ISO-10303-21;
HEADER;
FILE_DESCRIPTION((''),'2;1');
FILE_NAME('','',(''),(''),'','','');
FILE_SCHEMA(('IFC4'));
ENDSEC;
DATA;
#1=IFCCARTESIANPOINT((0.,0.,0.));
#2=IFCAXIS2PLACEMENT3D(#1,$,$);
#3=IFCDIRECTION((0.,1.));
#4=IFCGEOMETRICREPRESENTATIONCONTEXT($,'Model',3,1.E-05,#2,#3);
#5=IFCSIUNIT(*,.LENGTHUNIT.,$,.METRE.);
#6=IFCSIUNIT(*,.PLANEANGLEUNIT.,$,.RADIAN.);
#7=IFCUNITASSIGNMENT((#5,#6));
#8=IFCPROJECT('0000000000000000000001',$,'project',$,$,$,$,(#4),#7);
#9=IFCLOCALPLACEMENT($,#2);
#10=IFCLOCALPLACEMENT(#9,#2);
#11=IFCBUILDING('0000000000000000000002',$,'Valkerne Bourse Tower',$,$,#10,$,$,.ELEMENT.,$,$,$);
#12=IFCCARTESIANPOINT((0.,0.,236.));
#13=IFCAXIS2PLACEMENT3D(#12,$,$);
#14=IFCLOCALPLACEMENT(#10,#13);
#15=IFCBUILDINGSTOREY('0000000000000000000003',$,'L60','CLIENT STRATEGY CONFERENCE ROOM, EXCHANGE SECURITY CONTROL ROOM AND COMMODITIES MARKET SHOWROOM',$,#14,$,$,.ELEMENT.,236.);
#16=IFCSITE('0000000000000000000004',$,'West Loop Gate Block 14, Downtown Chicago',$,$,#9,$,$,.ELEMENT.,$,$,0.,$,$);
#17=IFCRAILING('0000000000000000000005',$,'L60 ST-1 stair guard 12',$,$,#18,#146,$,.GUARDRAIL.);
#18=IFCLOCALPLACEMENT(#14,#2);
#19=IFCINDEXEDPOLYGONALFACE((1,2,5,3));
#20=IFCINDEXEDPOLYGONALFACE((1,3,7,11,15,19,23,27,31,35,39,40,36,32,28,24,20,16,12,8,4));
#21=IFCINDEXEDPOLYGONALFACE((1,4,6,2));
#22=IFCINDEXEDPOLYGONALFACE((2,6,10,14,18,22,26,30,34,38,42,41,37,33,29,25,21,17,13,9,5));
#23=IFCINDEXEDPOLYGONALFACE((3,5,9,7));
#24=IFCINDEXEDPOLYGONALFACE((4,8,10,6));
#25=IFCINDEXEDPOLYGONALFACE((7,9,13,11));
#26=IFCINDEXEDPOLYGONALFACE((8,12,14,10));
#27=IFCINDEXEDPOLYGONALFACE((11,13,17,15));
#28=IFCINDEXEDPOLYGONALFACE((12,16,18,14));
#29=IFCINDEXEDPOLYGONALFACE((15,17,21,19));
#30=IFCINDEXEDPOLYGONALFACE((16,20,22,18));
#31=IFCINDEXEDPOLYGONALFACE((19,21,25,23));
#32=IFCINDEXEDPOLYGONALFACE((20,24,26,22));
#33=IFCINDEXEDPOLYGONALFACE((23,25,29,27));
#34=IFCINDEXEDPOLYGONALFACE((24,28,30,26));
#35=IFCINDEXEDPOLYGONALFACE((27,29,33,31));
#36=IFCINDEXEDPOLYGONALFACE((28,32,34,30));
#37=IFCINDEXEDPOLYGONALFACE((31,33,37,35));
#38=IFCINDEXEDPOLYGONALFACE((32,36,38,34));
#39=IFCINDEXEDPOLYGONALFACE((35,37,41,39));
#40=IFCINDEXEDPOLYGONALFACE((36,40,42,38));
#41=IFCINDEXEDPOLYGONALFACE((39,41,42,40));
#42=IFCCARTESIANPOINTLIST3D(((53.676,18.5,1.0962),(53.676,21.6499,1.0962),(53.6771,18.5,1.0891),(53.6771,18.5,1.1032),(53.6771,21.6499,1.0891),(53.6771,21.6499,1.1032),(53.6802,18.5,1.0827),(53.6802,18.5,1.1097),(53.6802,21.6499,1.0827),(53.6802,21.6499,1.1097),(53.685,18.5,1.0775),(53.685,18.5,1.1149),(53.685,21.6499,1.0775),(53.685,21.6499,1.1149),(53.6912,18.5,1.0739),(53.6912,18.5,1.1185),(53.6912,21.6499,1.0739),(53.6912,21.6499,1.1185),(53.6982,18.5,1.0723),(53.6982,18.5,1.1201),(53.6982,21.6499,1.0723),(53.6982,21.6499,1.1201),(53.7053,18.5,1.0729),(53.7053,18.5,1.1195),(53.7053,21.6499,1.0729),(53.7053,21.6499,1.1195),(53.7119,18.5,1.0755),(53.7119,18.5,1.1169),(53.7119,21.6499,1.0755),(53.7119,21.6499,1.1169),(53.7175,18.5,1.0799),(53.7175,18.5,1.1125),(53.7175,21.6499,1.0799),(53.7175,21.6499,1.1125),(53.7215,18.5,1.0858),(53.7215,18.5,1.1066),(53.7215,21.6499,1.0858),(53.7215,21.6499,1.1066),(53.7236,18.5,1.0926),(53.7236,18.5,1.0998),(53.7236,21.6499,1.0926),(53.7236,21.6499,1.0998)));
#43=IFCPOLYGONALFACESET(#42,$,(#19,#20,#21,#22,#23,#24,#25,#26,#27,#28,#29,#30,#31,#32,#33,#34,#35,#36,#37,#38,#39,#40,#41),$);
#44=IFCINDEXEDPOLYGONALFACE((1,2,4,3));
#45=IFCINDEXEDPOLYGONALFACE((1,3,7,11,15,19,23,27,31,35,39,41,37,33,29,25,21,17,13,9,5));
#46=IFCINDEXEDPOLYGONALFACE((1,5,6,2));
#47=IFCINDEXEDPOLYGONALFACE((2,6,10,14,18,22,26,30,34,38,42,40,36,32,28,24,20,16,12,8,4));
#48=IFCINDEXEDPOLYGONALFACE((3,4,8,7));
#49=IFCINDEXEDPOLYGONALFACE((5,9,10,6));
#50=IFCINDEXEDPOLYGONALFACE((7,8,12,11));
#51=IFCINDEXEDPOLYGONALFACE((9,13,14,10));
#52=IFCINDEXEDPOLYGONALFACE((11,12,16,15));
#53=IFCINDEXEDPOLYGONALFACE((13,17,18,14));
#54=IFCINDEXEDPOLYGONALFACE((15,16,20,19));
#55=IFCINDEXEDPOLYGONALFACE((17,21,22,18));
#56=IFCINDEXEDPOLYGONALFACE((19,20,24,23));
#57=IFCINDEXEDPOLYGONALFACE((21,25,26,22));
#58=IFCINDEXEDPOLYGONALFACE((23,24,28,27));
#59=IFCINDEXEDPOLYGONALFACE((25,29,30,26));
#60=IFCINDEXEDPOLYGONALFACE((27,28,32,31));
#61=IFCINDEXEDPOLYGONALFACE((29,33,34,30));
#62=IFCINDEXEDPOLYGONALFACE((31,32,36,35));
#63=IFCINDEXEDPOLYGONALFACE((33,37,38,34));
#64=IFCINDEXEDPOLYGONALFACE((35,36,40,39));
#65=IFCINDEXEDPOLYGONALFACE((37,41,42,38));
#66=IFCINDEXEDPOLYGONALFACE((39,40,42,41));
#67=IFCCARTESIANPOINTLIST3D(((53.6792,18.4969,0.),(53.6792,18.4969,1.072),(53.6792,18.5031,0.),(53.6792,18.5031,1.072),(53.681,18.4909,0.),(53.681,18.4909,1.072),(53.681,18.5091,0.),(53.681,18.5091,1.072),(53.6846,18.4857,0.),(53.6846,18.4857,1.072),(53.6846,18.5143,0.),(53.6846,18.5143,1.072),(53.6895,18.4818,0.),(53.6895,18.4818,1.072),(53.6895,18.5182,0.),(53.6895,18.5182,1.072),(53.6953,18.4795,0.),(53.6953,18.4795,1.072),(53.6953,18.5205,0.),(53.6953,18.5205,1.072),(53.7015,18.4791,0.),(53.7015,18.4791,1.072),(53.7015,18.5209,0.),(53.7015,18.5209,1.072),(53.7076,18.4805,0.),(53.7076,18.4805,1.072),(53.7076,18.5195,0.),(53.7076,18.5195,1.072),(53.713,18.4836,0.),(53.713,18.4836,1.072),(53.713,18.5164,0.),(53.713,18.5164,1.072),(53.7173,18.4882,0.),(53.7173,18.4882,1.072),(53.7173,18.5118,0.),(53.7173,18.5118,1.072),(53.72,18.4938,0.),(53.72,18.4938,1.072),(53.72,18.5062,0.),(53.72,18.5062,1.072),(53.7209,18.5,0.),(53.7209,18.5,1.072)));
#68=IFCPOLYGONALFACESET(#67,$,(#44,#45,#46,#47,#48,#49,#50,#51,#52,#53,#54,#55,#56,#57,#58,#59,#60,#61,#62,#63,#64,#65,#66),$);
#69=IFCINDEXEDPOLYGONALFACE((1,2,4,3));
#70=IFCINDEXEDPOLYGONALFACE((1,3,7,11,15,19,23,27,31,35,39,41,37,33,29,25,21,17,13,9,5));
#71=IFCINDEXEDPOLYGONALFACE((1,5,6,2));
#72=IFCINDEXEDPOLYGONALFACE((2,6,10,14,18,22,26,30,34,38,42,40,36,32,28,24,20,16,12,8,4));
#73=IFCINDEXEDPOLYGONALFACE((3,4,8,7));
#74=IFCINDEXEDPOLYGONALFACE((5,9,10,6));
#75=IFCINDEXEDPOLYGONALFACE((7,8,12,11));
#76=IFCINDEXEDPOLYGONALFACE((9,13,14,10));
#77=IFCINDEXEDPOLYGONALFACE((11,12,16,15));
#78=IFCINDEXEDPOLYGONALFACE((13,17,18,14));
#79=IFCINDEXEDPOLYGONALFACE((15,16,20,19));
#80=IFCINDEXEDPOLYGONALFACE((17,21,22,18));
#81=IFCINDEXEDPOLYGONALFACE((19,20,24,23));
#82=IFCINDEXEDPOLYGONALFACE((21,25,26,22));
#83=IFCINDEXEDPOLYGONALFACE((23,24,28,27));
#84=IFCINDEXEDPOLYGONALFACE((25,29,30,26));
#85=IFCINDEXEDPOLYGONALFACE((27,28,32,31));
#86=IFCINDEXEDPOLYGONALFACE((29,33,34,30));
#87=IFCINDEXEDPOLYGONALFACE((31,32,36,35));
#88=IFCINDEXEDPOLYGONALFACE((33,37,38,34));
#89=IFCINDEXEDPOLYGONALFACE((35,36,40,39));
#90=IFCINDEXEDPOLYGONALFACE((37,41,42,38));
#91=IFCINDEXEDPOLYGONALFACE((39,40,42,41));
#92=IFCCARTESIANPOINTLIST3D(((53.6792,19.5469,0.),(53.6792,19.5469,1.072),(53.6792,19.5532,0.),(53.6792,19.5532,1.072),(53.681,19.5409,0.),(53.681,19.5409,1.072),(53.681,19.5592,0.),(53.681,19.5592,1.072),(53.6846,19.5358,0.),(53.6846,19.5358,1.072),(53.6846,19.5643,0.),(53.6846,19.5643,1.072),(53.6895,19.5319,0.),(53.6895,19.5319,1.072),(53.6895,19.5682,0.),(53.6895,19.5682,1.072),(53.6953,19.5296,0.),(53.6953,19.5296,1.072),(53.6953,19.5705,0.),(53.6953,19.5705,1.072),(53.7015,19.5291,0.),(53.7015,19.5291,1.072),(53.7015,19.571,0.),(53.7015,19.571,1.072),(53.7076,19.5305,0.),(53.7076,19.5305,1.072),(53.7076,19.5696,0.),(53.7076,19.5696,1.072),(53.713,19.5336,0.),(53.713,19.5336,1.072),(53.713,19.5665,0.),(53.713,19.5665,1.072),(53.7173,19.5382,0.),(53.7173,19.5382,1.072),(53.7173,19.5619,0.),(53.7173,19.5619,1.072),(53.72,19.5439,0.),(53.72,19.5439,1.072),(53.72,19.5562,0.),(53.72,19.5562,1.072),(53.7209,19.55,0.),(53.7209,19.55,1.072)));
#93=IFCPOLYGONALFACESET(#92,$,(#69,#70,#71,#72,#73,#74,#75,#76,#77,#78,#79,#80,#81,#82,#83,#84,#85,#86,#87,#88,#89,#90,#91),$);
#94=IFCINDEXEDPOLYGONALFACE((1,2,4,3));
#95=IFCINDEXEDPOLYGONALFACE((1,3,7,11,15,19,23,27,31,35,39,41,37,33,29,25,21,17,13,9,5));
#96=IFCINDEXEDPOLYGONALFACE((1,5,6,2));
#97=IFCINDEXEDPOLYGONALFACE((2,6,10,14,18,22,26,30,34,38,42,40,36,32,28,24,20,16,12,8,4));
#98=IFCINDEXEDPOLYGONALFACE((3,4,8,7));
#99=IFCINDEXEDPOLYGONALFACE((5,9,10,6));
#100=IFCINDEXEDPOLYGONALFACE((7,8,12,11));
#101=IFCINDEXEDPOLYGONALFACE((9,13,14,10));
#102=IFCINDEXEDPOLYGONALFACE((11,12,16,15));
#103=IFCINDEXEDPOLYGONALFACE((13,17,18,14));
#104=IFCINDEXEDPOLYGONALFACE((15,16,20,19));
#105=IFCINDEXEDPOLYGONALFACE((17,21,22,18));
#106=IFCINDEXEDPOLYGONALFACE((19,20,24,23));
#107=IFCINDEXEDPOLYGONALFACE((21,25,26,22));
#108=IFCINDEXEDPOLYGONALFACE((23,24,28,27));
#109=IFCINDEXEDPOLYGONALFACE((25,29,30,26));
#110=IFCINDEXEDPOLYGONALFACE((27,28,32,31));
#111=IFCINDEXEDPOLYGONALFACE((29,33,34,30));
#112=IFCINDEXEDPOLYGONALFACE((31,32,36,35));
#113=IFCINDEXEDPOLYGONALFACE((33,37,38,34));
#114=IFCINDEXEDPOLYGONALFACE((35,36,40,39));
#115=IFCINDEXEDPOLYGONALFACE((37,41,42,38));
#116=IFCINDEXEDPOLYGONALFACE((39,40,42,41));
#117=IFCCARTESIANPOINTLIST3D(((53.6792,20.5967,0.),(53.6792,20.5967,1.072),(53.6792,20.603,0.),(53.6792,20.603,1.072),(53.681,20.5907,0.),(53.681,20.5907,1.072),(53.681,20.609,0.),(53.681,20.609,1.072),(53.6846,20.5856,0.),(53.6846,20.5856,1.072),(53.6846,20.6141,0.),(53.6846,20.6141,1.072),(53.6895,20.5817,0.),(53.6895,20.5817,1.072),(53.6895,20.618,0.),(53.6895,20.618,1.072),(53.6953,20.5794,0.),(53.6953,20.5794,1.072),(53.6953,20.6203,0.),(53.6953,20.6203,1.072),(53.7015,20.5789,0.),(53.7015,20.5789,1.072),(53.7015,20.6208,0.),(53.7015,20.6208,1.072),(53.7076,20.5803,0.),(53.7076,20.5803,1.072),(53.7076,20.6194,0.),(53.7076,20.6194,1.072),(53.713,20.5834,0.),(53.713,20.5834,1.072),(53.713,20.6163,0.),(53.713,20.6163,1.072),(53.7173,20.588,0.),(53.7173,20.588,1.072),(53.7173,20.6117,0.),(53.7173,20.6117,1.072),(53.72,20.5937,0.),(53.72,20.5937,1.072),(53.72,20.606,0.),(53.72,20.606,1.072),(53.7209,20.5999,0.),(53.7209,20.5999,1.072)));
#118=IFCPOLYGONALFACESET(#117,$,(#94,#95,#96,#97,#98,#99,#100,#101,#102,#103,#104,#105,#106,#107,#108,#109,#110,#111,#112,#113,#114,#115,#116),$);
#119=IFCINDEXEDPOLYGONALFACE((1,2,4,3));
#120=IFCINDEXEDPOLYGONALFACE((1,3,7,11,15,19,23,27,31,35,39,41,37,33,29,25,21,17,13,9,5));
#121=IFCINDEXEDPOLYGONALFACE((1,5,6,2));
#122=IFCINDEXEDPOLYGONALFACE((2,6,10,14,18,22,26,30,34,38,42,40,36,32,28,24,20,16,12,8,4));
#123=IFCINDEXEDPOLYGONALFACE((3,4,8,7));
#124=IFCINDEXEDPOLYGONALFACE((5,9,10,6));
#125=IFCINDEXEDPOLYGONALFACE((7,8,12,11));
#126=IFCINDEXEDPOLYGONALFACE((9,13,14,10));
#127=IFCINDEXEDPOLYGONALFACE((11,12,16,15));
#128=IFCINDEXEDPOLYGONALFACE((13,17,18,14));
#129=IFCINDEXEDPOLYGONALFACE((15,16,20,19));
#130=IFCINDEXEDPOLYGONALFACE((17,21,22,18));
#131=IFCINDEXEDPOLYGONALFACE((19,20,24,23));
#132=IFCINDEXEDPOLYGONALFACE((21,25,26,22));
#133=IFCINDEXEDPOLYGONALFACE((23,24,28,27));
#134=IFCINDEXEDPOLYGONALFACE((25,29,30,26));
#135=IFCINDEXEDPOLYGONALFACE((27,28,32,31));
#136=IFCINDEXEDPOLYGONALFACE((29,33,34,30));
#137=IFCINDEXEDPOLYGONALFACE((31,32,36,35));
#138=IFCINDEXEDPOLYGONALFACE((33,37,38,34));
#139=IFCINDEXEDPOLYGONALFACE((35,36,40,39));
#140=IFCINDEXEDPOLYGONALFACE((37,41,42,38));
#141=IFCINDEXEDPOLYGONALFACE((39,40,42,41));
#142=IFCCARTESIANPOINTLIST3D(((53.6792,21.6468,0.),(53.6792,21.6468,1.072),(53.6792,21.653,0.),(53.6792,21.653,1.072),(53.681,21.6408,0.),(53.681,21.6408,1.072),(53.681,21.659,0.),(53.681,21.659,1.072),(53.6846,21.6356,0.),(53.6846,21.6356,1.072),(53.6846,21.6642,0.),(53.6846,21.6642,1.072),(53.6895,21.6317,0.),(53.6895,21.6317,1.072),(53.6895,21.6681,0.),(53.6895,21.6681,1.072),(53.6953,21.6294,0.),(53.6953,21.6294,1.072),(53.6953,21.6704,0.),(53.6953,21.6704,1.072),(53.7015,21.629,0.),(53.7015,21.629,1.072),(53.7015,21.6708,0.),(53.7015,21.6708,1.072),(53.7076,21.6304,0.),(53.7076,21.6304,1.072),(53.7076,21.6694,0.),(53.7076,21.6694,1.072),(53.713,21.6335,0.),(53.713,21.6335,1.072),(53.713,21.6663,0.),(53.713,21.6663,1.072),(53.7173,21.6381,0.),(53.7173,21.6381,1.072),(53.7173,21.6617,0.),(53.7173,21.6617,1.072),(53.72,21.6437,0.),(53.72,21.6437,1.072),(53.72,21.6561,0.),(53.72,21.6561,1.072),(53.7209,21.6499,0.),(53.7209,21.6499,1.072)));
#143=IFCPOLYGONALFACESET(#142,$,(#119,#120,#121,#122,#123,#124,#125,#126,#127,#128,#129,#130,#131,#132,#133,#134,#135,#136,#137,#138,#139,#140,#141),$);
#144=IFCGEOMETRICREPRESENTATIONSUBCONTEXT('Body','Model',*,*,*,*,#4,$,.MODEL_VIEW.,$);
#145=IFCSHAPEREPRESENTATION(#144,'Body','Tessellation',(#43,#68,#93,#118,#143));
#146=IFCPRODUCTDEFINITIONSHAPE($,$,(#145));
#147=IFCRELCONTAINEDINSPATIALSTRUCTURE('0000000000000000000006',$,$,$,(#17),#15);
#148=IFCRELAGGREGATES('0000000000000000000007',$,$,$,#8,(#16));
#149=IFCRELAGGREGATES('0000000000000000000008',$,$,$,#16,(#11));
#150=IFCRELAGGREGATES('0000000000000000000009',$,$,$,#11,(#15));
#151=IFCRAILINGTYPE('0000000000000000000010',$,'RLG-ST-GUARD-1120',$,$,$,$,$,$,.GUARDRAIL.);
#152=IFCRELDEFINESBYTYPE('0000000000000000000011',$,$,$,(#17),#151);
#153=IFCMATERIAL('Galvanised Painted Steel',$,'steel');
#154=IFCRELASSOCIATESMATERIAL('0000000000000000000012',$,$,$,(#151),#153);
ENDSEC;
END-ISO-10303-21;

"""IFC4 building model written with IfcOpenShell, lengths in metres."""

from ifc_helpers import new_model, si_unit, direction, frame, origin, origin_2d, place, context, subcontext, project, spatial, circle, extrude, material, type_object, element, save


model = new_model("IFC4")

# Units and contexts
model_context = context("Model", 3, precision=1e-05, world=origin(), true_north=direction((0.0, 1.0)))
body_context = subcontext(model_context, "Body", "Model", "MODEL_VIEW")
ifc_project = project(units=[si_unit("LENGTHUNIT", "METRE"), si_unit("PLANEANGLEUNIT", "RADIAN")], contexts=[model_context])

# Site, building, storey
site_placement = place(None, origin())
site = spatial("IfcSite", under=ifc_project, at=site_placement, Name="West Loop Gate Block 14, Downtown Chicago", CompositionType="ELEMENT", RefElevation=0.0)
building_placement = place(site_placement, origin())
building = spatial("IfcBuilding", under=site, at=building_placement, Name="Valkerne Bourse Tower", CompositionType="ELEMENT")
storey_placement = place(building_placement, frame((0.0, 0.0, 236.0)))
storey = spatial("IfcBuildingStorey", under=building, at=storey_placement, Name="L60", Description="CLIENT STRATEGY CONFERENCE ROOM, EXCHANGE SECURITY CONTROL ROOM AND COMMODITIES MARKET SHOWROOM", CompositionType="ELEMENT", Elevation=236.0)

# Railing
ifc_material_1 = material(Name="Galvanised Painted Steel", Category="steel")
railing_type = type_object("IfcRailingType", Name="RLG-ST-GUARD-1120", PredefinedType="GUARDRAIL", material=ifc_material_1)
railing_1_placement = place(storey_placement, frame((53.7, 18.5, 0.0)))
element("IfcRailing", 1, at=railing_1_placement, inside=storey, type_object=railing_type, Name="L60 ST-1 stair guard 12", PredefinedType="GUARDRAIL", context=body_context, shape_type="SweptSolid", body=[
    extrude(circle(Radius=0.0239, at=origin_2d()), frame((0.0, 0.0, 1.0962), z_axis=(0.0, 1.0, 0.0), x_axis=(-1.0, 0.0, 0.0)), (0.0, 0.0, 1.0), 3.1499),
    extrude(circle(Radius=0.021, at=origin_2d()), origin(), (0.0, 0.0, 1.0), 1.072),
    extrude(circle(Radius=0.021, at=origin_2d()), frame((0.0, 1.05, 0.0)), (0.0, 0.0, 1.0), 1.072),
    extrude(circle(Radius=0.021, at=origin_2d()), frame((0.0, 2.0999, 0.0)), (0.0, 0.0, 1.0), 1.072),
    extrude(circle(Radius=0.021, at=origin_2d()), frame((0.0, 3.1499, 0.0)), (0.0, 0.0, 1.0), 1.072),
])

save(model, "model.ifc")
